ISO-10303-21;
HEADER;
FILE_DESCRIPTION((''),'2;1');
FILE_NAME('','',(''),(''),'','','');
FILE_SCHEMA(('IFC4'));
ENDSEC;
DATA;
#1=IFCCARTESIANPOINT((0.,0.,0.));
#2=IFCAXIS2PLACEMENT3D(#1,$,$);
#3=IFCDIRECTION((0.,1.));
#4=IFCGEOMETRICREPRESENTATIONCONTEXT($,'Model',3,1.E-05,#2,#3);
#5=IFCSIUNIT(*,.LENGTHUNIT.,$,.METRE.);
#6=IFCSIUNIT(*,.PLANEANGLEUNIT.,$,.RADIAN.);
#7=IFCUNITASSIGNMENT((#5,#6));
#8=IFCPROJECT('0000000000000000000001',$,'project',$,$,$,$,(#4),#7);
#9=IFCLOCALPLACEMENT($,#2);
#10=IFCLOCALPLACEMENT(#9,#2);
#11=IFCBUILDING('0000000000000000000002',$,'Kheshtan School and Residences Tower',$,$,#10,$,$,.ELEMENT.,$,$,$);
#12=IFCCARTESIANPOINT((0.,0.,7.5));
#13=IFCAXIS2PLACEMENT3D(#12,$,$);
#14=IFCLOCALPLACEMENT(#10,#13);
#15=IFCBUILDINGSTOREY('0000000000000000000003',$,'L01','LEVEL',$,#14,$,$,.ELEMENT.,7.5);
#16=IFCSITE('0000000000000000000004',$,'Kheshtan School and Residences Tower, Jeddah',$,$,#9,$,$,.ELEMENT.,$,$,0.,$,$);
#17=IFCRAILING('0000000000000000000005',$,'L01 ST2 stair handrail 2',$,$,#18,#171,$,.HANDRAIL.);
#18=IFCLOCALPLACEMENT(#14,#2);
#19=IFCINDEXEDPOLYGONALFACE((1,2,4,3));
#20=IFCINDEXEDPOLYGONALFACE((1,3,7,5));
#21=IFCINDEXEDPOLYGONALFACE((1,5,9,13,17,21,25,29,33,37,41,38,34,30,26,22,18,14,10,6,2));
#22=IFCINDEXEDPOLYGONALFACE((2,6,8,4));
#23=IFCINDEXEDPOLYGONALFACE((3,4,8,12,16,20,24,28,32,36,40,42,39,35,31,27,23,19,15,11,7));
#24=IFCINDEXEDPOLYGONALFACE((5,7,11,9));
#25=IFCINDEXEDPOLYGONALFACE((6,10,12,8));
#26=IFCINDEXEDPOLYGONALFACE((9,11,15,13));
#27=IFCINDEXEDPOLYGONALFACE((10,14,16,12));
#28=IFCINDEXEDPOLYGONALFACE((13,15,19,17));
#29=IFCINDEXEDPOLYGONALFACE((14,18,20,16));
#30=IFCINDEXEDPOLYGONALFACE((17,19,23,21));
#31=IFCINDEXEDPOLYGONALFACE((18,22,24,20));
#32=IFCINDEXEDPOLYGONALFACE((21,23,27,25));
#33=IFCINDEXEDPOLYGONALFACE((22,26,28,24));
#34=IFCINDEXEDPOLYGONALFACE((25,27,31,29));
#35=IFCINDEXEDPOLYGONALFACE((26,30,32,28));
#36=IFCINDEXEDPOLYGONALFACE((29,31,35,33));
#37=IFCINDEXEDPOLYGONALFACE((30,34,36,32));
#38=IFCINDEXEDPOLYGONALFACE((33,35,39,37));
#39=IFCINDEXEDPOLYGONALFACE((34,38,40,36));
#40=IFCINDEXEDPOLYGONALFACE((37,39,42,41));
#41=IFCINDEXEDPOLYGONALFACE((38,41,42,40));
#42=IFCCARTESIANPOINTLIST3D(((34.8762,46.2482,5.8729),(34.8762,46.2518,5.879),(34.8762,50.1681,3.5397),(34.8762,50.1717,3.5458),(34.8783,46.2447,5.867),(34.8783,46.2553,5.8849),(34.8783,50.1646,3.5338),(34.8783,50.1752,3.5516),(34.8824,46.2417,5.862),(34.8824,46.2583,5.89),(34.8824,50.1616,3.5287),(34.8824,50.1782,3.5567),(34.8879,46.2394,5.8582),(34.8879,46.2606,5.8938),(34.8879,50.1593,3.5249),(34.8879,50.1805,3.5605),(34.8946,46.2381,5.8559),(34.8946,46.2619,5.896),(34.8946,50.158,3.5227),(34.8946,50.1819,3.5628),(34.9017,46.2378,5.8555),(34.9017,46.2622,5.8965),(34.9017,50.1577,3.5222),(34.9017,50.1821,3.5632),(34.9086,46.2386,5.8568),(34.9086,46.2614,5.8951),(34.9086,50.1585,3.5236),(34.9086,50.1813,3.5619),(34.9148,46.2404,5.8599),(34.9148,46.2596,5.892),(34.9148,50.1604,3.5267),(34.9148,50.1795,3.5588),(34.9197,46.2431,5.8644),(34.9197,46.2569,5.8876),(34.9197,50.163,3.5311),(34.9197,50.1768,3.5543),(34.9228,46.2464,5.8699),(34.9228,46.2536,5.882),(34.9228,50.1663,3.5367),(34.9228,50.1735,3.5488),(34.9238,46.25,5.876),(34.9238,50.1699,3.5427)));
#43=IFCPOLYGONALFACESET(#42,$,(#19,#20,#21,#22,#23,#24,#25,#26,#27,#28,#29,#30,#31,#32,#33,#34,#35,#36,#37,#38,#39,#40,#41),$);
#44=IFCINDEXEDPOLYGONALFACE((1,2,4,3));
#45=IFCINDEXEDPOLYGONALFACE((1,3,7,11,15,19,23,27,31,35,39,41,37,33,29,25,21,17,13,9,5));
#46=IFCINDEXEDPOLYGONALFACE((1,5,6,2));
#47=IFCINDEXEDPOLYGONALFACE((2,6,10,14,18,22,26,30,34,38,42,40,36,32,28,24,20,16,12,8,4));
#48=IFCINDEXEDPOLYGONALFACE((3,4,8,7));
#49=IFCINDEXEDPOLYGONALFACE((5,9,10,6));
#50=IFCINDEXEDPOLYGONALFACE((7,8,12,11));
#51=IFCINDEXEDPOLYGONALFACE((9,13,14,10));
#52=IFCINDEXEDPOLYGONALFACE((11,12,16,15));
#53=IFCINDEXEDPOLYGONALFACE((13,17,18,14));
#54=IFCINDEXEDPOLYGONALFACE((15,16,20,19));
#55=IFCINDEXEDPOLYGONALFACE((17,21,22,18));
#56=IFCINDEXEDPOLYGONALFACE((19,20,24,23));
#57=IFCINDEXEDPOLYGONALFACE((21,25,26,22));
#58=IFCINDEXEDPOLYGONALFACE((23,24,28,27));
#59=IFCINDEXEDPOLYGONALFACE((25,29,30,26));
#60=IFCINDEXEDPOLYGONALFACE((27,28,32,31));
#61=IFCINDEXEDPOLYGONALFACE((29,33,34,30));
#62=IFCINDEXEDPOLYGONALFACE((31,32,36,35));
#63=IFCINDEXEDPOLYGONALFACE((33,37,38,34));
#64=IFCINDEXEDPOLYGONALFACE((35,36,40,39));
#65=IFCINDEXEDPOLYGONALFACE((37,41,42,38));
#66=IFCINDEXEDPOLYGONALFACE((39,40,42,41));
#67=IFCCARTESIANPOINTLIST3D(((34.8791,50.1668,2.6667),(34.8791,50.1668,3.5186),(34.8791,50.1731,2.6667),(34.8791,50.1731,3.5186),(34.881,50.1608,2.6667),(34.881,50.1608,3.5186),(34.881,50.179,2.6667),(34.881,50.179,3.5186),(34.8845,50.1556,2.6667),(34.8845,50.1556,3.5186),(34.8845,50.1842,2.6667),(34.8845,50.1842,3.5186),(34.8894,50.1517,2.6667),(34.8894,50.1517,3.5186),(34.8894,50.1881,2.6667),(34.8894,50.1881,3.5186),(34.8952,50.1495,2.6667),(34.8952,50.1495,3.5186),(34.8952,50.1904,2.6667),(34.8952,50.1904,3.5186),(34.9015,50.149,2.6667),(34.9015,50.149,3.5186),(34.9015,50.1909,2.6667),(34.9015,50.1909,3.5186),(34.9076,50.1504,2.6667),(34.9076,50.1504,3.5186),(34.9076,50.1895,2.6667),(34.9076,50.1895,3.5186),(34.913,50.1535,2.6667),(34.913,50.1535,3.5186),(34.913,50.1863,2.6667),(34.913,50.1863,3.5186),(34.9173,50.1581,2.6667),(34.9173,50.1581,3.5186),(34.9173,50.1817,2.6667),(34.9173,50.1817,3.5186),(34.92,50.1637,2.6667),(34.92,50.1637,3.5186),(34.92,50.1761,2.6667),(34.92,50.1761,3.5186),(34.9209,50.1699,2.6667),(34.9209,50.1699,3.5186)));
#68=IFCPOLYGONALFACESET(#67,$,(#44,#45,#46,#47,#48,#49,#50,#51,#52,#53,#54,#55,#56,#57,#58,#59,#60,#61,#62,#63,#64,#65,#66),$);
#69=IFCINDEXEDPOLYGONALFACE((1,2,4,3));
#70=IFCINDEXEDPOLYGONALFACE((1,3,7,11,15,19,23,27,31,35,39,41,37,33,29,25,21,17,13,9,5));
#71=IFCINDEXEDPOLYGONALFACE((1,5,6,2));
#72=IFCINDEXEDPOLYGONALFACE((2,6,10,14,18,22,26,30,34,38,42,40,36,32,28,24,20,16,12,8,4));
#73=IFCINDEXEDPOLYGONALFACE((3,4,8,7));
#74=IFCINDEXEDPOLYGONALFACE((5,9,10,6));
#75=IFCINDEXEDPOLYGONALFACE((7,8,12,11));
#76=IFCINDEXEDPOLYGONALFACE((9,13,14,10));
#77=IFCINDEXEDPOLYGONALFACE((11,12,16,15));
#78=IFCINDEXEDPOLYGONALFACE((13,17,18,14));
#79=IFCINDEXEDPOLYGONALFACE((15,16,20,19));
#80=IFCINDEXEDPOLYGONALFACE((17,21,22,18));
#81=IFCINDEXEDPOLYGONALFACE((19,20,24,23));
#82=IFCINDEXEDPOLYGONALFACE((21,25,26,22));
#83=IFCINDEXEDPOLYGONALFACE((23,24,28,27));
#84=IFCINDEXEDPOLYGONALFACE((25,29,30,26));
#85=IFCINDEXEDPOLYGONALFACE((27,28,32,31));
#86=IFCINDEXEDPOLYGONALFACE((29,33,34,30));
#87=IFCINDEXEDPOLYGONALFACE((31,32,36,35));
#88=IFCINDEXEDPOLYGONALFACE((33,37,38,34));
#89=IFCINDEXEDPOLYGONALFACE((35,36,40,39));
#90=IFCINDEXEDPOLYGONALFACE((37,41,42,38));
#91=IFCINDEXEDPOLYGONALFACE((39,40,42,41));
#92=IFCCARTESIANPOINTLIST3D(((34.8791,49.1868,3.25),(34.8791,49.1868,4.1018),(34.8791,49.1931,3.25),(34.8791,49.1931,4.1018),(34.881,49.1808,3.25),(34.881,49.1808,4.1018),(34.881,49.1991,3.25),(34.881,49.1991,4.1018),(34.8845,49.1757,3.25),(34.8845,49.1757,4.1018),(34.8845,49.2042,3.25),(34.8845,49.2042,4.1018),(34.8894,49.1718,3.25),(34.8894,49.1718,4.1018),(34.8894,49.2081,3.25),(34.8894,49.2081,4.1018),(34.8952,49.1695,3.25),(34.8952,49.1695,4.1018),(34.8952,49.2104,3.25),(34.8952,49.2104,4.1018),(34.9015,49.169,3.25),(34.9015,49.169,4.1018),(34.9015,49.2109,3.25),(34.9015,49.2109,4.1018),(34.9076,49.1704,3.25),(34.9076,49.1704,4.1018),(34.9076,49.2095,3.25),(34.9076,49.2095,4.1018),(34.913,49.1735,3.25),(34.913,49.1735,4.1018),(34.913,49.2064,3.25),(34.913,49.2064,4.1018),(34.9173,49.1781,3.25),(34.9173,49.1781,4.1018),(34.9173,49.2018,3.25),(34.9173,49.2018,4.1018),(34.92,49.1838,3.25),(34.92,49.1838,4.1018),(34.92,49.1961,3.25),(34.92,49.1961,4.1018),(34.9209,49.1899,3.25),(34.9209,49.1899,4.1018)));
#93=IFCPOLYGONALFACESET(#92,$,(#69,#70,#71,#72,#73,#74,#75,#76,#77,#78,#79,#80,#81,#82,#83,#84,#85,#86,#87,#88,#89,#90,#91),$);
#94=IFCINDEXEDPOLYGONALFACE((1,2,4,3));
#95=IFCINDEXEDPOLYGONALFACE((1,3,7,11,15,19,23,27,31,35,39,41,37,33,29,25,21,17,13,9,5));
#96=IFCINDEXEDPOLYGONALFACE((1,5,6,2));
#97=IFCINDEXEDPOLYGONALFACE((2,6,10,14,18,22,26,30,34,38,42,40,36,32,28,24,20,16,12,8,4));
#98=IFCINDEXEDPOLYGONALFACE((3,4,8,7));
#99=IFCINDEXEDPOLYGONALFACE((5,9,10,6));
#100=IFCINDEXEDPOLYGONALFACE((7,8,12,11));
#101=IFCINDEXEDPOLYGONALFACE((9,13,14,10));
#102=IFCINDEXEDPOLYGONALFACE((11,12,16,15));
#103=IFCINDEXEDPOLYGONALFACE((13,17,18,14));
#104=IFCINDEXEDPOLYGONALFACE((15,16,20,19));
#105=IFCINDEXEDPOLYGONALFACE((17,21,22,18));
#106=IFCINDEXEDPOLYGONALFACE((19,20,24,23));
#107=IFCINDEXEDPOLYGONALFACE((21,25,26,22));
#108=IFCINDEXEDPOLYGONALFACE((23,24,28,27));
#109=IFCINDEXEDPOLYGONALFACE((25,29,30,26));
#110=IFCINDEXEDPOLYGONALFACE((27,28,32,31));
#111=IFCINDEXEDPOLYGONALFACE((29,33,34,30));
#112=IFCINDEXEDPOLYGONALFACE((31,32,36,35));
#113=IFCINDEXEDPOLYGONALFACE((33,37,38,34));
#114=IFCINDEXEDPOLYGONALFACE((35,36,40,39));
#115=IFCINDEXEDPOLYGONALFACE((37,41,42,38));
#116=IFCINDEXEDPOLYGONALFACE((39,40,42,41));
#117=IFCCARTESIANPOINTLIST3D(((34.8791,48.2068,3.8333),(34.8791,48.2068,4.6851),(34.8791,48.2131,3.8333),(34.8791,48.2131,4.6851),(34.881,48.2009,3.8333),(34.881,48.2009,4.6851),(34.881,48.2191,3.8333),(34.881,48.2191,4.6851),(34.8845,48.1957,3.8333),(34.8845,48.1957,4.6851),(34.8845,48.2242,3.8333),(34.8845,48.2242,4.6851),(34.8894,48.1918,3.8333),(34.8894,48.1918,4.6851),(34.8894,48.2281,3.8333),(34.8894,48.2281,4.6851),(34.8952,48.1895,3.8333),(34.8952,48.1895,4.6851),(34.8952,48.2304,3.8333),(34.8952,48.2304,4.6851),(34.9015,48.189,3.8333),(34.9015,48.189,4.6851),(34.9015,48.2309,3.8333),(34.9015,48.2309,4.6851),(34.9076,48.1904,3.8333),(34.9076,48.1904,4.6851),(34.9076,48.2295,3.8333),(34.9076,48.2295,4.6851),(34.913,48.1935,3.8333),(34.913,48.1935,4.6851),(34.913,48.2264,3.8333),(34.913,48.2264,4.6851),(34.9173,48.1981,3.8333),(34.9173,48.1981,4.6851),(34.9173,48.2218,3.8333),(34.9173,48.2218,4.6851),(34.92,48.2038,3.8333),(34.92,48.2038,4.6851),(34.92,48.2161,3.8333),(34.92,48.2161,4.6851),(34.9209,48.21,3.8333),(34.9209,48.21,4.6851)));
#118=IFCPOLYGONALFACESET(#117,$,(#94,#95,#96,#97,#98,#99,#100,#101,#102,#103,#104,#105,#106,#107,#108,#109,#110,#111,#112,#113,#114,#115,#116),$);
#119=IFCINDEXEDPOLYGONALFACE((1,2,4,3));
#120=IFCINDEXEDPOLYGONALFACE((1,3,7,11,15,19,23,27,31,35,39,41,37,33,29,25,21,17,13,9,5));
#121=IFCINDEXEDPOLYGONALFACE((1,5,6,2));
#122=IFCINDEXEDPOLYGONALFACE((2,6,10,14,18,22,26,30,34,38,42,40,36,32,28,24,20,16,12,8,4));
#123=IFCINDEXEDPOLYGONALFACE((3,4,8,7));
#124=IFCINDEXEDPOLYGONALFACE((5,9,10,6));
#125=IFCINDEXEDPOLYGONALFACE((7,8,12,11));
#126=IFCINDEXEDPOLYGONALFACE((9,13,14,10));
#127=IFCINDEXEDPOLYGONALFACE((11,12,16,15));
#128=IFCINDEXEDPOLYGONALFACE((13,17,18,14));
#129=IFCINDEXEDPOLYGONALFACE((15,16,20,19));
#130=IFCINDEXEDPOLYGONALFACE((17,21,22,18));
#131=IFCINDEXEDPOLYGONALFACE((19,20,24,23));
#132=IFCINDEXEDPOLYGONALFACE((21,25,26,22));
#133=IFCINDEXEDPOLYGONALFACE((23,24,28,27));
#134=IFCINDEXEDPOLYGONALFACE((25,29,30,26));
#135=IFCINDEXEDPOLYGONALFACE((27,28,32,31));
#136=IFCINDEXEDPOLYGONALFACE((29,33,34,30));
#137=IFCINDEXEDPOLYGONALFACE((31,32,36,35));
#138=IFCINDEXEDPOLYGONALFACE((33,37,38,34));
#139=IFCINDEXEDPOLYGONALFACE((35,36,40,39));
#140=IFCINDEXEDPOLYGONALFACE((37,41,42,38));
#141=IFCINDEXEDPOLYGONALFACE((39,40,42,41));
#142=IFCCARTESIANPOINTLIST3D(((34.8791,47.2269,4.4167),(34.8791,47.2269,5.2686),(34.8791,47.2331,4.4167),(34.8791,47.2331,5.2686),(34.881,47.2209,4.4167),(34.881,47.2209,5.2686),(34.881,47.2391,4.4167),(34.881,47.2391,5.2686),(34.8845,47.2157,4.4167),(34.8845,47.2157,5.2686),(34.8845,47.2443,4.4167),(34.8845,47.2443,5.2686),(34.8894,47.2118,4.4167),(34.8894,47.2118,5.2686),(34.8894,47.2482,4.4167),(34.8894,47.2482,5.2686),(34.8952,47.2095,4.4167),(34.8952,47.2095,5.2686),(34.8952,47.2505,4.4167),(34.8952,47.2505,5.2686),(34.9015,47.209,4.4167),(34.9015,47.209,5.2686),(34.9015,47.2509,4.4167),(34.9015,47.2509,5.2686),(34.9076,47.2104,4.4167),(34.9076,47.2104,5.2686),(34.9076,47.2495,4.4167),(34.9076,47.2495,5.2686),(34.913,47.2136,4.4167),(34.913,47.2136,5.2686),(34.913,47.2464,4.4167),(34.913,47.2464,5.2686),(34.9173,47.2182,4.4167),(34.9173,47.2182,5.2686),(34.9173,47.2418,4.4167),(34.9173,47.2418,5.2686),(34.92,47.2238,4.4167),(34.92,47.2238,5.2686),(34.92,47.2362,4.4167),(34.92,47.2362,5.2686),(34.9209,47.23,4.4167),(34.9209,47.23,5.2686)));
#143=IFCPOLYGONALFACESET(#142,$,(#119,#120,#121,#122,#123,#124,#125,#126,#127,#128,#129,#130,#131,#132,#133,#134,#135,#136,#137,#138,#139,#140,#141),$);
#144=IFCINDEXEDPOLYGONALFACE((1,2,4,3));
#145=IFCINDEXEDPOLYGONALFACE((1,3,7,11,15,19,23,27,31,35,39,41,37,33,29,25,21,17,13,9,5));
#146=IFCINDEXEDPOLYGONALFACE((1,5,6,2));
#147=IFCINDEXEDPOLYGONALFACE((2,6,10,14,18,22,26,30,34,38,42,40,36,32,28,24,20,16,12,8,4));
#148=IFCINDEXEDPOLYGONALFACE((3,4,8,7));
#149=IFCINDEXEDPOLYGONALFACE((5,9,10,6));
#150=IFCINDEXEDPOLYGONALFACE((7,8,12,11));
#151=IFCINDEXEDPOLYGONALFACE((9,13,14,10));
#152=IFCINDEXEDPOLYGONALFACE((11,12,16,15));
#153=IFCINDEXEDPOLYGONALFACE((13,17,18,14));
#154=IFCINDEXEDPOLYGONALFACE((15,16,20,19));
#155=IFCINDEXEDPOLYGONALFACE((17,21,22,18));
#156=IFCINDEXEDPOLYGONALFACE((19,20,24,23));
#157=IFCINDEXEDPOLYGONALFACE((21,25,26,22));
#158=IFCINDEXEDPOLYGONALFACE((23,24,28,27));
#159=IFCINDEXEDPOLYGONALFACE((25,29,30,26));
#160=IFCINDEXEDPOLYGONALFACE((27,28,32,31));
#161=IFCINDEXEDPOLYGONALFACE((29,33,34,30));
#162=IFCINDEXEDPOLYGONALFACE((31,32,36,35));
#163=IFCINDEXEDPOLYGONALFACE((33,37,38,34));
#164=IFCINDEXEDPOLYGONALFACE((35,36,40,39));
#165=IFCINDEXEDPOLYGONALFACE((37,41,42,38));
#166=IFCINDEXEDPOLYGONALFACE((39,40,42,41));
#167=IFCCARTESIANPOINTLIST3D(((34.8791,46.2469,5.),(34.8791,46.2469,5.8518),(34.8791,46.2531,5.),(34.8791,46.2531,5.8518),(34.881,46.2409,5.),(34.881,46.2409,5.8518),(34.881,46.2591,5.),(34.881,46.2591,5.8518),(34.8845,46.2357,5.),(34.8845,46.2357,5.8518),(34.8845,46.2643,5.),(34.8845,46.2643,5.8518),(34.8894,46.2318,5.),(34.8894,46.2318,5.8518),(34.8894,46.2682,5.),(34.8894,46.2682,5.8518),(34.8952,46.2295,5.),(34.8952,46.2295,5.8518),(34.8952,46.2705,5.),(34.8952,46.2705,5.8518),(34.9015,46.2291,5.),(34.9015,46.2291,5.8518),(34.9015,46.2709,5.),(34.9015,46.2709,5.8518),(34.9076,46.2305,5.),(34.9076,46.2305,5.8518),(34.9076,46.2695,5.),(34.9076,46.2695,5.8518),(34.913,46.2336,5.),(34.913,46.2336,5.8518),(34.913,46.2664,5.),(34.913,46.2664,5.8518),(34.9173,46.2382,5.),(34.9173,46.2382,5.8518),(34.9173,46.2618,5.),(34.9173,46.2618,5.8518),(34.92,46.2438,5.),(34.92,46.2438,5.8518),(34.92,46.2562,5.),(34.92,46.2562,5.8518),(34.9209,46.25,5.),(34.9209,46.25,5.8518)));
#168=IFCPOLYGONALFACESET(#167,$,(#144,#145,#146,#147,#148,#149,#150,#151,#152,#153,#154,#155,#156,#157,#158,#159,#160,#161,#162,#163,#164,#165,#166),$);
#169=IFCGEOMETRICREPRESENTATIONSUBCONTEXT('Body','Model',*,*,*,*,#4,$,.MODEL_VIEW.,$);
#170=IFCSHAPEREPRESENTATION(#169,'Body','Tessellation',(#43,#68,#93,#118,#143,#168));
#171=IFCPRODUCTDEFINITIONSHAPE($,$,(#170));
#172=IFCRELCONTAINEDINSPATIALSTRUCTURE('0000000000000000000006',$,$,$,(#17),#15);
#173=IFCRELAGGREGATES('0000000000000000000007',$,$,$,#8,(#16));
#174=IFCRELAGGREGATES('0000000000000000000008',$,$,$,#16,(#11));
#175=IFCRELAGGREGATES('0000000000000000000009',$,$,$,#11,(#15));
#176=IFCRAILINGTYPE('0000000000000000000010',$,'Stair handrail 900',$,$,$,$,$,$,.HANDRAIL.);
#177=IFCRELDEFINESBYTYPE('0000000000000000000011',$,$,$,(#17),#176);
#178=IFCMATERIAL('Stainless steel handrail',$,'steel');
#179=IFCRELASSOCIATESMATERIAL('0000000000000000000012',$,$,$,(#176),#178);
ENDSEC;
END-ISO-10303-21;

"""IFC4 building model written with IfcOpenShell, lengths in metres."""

from ifc_helpers import new_model, si_unit, direction, frame, origin, origin_2d, place, context, subcontext, project, spatial, circle, extrude, material, type_object, element, save


model = new_model("IFC4")

# Units and contexts
model_context = context("Model", 3, precision=1e-05, world=origin(), true_north=direction((0.0, 1.0)))
body_context = subcontext(model_context, "Body", "Model", "MODEL_VIEW")
ifc_project = project(units=[si_unit("LENGTHUNIT", "METRE"), si_unit("PLANEANGLEUNIT", "RADIAN")], contexts=[model_context])

# Site, building, storey
site_placement = place(None, origin())
site = spatial("IfcSite", under=ifc_project, at=site_placement, Name="Kheshtan School and Residences Tower, Jeddah", CompositionType="ELEMENT", RefElevation=0.0)
building_placement = place(site_placement, origin())
building = spatial("IfcBuilding", under=site, at=building_placement, Name="Kheshtan School and Residences Tower", CompositionType="ELEMENT")
storey_placement = place(building_placement, frame((0.0, 0.0, 7.5)))
storey = spatial("IfcBuildingStorey", under=building, at=storey_placement, Name="L01", Description="LEVEL", CompositionType="ELEMENT", Elevation=7.5)

# Railing
ifc_material_1 = material(Name="Stainless steel handrail", Category="steel")
railing_type_1 = type_object("IfcRailingType", Name="Stair handrail 900", PredefinedType="HANDRAIL", material=ifc_material_1)
railing_1_placement = place(storey_placement, frame((34.8999, 50.1699, 2.6667)))
element("IfcRailing", 1, at=railing_1_placement, inside=storey, type_object=railing_type_1, Name="L01 ST2 stair handrail 2", PredefinedType="HANDRAIL", context=body_context, shape_type="SweptSolid", body=[
    extrude(circle(Radius=0.0239, at=origin_2d()), frame((0.0, 0.0, 0.876), z_axis=(0.0, -0.859296, 0.511478), x_axis=(1.0, 0.0, 0.0)), (0.0, 0.0, 1.0), 4.5618),
    extrude(circle(Radius=0.021, at=origin_2d()), origin(), (0.0, 0.0, 1.0), 0.8518),
    extrude(circle(Radius=0.021, at=origin_2d()), frame((0.0, -0.98, 0.5833)), (0.0, 0.0, 1.0), 0.8518),
    extrude(circle(Radius=0.021, at=origin_2d()), frame((0.0, -1.96, 1.1665)), (0.0, 0.0, 1.0), 0.8518),
    extrude(circle(Radius=0.021, at=origin_2d()), frame((0.0, -2.9399, 1.75)), (0.0, 0.0, 1.0), 0.8518),
    extrude(circle(Radius=0.021, at=origin_2d()), frame((0.0, -3.9199, 2.3333)), (0.0, 0.0, 1.0), 0.8518),
])

save(model, "model.ifc")
